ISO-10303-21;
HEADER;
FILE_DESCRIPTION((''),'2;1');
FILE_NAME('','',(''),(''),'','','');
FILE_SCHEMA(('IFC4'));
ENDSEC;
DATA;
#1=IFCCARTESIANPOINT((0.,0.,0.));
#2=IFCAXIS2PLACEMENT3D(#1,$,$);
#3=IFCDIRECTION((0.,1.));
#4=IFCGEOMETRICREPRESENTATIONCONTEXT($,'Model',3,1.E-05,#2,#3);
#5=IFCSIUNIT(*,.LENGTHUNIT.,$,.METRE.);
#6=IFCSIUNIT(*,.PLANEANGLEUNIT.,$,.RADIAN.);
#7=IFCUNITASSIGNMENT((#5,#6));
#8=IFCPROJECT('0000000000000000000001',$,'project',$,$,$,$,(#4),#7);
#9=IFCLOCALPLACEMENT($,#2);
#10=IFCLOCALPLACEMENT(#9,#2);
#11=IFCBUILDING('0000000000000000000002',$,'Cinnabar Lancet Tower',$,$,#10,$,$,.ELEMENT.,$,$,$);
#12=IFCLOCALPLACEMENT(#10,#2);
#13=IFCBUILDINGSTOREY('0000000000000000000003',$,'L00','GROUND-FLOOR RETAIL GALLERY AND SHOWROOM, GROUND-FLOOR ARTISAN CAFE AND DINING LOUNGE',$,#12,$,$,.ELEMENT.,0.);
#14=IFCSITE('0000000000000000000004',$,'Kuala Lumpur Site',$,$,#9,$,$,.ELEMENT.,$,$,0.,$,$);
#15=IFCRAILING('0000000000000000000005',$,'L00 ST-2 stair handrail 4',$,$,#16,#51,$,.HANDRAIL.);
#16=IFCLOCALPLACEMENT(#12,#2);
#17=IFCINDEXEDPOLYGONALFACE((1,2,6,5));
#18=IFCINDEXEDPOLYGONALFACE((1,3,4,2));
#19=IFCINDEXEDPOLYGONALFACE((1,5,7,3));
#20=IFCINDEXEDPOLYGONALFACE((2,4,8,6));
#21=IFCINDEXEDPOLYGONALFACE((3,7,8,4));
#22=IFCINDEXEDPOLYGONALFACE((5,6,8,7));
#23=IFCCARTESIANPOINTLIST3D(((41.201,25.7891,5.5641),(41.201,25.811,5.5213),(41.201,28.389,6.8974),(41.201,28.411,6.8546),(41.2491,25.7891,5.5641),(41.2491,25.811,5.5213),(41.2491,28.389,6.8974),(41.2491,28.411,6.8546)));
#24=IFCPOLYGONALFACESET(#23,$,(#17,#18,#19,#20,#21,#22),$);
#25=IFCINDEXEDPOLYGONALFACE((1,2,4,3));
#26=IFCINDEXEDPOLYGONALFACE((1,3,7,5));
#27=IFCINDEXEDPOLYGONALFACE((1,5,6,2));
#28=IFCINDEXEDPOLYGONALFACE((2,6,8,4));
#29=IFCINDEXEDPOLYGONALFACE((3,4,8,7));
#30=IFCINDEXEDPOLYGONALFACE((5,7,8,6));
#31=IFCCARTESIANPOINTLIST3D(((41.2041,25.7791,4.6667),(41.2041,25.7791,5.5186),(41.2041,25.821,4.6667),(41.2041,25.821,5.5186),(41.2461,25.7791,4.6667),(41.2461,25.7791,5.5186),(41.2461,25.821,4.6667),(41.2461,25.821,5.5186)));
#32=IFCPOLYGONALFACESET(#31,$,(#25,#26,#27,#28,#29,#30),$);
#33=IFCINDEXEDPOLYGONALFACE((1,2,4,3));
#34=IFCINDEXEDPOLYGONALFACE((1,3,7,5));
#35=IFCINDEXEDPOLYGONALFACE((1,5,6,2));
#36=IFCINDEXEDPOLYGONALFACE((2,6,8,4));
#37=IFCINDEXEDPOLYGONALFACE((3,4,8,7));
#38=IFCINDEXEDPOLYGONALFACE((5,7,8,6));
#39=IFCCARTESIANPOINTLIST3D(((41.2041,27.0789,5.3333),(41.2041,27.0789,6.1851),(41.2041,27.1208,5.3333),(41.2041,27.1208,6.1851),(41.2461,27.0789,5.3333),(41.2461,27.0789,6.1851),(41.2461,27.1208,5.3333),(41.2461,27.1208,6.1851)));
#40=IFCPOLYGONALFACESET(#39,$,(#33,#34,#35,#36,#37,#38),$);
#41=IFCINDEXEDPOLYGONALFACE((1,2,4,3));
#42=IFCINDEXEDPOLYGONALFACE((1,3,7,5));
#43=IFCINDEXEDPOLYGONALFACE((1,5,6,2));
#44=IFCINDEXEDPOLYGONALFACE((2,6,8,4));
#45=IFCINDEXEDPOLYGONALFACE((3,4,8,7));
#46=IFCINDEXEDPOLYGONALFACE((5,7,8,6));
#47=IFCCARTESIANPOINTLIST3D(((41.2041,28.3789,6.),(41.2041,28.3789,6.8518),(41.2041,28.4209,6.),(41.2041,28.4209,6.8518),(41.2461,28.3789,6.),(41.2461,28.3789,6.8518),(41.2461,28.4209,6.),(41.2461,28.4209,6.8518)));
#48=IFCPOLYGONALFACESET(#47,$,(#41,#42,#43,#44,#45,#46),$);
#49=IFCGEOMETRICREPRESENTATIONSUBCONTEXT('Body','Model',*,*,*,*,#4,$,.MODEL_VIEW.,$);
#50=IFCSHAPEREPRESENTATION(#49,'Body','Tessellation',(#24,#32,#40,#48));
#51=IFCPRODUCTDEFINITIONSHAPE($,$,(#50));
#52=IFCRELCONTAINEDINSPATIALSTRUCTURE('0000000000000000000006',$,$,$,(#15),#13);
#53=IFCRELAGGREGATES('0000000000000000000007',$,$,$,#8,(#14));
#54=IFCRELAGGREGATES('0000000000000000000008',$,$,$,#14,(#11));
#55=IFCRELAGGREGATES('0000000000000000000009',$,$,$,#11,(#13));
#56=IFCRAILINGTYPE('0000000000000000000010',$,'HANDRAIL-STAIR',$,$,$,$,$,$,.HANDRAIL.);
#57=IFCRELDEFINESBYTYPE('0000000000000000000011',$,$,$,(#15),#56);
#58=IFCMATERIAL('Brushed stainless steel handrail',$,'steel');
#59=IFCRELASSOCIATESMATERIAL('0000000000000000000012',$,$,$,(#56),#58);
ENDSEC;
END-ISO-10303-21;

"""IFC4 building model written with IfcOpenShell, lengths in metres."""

from ifc_helpers import new_model, si_unit, direction, frame, origin, origin_2d, place, context, subcontext, project, spatial, rectangle, extrude, material, type_object, element, save


model = new_model("IFC4")

# Units and contexts
model_context = context("Model", 3, precision=1e-05, world=origin(), true_north=direction((0.0, 1.0)))
body_context = subcontext(model_context, "Body", "Model", "MODEL_VIEW")
ifc_project = project(units=[si_unit("LENGTHUNIT", "METRE"), si_unit("PLANEANGLEUNIT", "RADIAN")], contexts=[model_context])

# Site, building, storey
site_placement = place(None, origin())
site = spatial("IfcSite", under=ifc_project, at=site_placement, Name="Kuala Lumpur Site", CompositionType="ELEMENT", RefElevation=0.0)
building_placement = place(site_placement, origin())
building = spatial("IfcBuilding", under=site, at=building_placement, Name="Cinnabar Lancet Tower", CompositionType="ELEMENT")
storey_placement = place(building_placement, origin())
storey = spatial("IfcBuildingStorey", under=building, at=storey_placement, Name="L00", Description="GROUND-FLOOR RETAIL GALLERY AND SHOWROOM, GROUND-FLOOR ARTISAN CAFE AND DINING LOUNGE", CompositionType="ELEMENT", Elevation=0.0)

# Railing
ifc_material_1 = material(Name="Brushed stainless steel handrail", Category="steel")
railing_type_1 = type_object("IfcRailingType", Name="HANDRAIL-STAIR", PredefinedType="HANDRAIL", material=ifc_material_1)
for number, where, name in (
    (1, (41.2251, 25.8, 4.6667), "L00 ST-2 stair handrail 4"),
):
    element("IfcRailing", number, at=place(storey_placement, frame(where)), inside=storey, type_object=railing_type_1, Name=name, PredefinedType="HANDRAIL", context=body_context, shape_type="SweptSolid", body=[
        extrude(rectangle(XDim=0.0481, YDim=0.0481, at=origin_2d()), frame((0.0, 0.0, 0.876), z_axis=(0.0, 0.889818, 0.456315), x_axis=(-1.0, 0.0, 0.0)), (0.0, 0.0, 1.0), 2.9219),
        extrude(rectangle(XDim=0.042, YDim=0.042, at=origin_2d()), origin(), (0.0, 0.0, 1.0), 0.8518),
        extrude(rectangle(XDim=0.042, YDim=0.042, at=origin_2d()), frame((0.0, 1.2998, 0.6665)), (0.0, 0.0, 1.0), 0.8518),
        extrude(rectangle(XDim=0.042, YDim=0.042, at=origin_2d()), frame((0.0, 2.5999, 1.3333)), (0.0, 0.0, 1.0), 0.8518),
    ])

save(model, "model.ifc")
